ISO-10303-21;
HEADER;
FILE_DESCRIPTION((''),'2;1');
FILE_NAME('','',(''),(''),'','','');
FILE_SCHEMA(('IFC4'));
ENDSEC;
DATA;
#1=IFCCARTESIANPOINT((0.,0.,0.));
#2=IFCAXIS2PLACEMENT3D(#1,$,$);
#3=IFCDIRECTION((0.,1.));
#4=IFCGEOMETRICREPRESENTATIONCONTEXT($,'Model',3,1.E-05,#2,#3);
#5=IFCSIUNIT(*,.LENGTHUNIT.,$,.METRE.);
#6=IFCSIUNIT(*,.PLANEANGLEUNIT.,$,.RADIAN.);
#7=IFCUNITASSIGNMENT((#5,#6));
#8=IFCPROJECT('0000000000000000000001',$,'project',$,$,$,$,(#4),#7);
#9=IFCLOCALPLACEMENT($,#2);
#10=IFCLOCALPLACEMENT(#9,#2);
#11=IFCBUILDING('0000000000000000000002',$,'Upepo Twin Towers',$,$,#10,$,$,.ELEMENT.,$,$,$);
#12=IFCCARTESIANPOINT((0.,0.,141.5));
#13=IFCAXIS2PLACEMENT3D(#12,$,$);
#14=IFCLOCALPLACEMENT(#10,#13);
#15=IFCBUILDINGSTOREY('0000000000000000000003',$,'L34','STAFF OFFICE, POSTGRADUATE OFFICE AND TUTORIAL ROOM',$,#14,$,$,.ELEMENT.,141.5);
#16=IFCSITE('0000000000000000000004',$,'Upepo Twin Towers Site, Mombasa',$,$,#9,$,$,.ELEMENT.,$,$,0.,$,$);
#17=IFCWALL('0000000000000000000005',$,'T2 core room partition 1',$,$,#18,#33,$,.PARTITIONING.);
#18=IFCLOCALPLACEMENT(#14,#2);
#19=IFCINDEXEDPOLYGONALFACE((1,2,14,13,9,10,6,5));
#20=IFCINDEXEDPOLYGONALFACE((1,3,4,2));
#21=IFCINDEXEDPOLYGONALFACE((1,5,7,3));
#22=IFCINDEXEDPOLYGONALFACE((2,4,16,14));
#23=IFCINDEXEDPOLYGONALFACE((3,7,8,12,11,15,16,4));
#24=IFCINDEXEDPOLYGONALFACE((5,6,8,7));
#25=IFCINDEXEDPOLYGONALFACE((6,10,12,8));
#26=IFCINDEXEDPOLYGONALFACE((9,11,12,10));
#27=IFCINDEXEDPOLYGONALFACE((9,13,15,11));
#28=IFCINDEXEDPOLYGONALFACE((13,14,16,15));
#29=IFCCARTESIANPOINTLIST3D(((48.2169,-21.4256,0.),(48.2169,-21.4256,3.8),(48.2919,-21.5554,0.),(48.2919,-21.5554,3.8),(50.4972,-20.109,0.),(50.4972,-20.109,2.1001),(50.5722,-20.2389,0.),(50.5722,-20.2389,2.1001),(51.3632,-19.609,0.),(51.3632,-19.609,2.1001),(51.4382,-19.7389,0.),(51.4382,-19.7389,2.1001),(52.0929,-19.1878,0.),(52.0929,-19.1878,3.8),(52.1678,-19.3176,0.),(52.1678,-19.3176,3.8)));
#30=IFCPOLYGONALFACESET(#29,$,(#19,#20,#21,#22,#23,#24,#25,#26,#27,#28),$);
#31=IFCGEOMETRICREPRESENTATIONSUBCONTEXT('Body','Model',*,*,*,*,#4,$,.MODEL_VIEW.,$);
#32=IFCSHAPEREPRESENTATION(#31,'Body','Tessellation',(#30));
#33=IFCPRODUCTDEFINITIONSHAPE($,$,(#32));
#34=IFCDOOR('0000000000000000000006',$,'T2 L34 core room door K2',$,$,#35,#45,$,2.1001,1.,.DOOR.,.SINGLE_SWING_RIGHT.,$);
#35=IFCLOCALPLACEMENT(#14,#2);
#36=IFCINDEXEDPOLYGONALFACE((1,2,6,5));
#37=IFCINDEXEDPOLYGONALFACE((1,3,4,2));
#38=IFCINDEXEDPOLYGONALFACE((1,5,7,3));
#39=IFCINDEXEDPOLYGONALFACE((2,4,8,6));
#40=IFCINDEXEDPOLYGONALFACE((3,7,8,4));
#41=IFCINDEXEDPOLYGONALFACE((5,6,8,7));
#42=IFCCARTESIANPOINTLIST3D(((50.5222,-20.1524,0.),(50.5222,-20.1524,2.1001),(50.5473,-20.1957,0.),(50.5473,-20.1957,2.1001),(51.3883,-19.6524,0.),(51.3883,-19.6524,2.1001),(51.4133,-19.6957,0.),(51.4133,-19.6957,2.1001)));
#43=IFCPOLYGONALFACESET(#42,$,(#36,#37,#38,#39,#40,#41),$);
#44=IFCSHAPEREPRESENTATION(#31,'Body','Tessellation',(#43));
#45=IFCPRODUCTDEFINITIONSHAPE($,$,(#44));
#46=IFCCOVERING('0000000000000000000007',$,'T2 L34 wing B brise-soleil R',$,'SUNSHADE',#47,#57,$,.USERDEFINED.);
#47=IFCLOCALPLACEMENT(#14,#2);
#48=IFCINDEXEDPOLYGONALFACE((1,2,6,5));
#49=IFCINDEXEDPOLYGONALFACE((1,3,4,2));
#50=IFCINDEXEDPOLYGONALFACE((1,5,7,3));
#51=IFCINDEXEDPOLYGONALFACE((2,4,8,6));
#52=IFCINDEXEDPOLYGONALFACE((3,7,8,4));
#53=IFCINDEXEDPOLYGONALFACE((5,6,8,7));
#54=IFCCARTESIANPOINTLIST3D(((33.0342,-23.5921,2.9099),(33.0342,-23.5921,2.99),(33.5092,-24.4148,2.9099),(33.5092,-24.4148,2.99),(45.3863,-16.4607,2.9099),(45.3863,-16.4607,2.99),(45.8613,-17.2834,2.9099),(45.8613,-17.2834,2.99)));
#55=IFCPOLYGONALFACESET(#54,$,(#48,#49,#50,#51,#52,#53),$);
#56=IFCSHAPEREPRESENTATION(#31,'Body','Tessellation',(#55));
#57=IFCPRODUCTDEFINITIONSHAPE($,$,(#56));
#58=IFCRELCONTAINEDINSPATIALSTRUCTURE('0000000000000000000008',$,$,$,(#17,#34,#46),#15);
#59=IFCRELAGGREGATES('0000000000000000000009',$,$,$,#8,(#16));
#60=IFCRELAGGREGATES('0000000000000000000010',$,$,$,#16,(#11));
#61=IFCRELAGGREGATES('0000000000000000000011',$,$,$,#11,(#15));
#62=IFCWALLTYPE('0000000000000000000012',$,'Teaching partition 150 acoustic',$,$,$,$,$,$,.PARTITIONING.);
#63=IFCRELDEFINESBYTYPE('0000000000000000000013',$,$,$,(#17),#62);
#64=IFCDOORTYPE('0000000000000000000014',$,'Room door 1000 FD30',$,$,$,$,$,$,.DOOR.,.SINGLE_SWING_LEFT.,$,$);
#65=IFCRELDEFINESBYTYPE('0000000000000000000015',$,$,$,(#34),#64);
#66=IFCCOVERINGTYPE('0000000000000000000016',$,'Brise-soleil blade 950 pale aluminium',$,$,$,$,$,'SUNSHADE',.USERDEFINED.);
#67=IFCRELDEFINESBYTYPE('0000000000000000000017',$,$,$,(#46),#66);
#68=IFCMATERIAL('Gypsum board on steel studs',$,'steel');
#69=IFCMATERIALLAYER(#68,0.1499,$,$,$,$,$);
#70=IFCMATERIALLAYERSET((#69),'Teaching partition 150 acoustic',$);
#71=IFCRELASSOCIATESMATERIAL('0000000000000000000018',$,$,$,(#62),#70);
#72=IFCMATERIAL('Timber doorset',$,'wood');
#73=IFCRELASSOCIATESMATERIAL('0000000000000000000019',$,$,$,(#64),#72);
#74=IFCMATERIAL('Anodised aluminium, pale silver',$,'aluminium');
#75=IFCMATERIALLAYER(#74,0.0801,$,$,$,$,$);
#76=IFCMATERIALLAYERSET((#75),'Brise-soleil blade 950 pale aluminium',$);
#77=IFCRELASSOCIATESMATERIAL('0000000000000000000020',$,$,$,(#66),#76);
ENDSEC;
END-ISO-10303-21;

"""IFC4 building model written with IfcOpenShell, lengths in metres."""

from ifc_helpers import new_model, si_unit, direction, frame, frame_2d, origin, origin_2d, place, context, subcontext, project, spatial, rectangle, extrude, material, layer, layer_set, type_object, element, fill, save


model = new_model("IFC4")

# Units and contexts
model_context = context("Model", 3, precision=1e-05, world=origin(), true_north=direction((0.0, 1.0)))
body_context = subcontext(model_context, "Body", "Model", "MODEL_VIEW")
ifc_project = project(units=[si_unit("LENGTHUNIT", "METRE"), si_unit("PLANEANGLEUNIT", "RADIAN")], contexts=[model_context])

# Site, building, storey
site_placement = place(None, origin())
site = spatial("IfcSite", under=ifc_project, at=site_placement, Name="Upepo Twin Towers Site, Mombasa", CompositionType="ELEMENT", RefElevation=0.0)
building_placement = place(site_placement, origin())
building = spatial("IfcBuilding", under=site, at=building_placement, Name="Upepo Twin Towers", CompositionType="ELEMENT")
storey_placement = place(building_placement, frame((0.0, 0.0, 141.5)))
storey = spatial("IfcBuildingStorey", under=building, at=storey_placement, Name="L34", Description="STAFF OFFICE, POSTGRADUATE OFFICE AND TUTORIAL ROOM", CompositionType="ELEMENT", Elevation=141.5)

# Shared definitions
ifc_material_1 = material(Name="Gypsum board on steel studs", Category="steel")
ifc_layer_1 = layer(ifc_material_1, 0.1499)
ifc_layer_set_1 = layer_set([ifc_layer_1], Name="Teaching partition 150 acoustic")
wall_type_1 = type_object("IfcWallType", Name="Teaching partition 150 acoustic", PredefinedType="PARTITIONING", material=ifc_layer_set_1)

# Wall, opening, door
wall_1_placement = place(storey_placement, frame((48.2544, -21.4905, 0.0), z_axis=(0.0, 0.0, 1.0), x_axis=(0.866026, 0.499999, 0.0)))
wall_1 = element("IfcWall", 1, at=wall_1_placement, inside=storey, type_object=wall_type_1, Name="T2 core room partition 1", PredefinedType="PARTITIONING", context=body_context, shape_type="SweptSolid", body=[
    extrude(rectangle(XDim=4.4756, YDim=0.1499, at=frame_2d((2.2378, 0.0))), origin(), (0.0, 0.0, 1.0), 3.8),
])
opening_1_placement = place(wall_1_placement, frame((2.6331, 0.0, 0.0)))
opening_1 = element("IfcOpeningElement", 2, at=opening_1_placement, cuts=wall_1, PredefinedType="OPENING", context=body_context, shape_type="SweptSolid", body=[
    extrude(rectangle(XDim=1.0, YDim=2.1001, at=frame_2d((0.5, 1.05))), frame((0.0, 0.085, 0.0), z_axis=(0.0, -1.0, 0.0), x_axis=(1.0, 0.0, 0.0)), (0.0, 0.0, 1.0), 0.1699),
])
ifc_material_2 = material(Name="Timber doorset", Category="wood")
door_type_1 = type_object("IfcDoorType", Name="Room door 1000 FD30", OperationType="SINGLE_SWING_LEFT", PredefinedType="DOOR", material=ifc_material_2)
door_1_placement = place(opening_1_placement, origin())
door_1 = element("IfcDoor", 3, at=door_1_placement, inside=storey, type_object=door_type_1, Name="T2 L34 core room door K2", OperationType="SINGLE_SWING_RIGHT", OverallHeight=2.1001, OverallWidth=1.0, PredefinedType="DOOR", context=body_context, shape_type="SweptSolid", body=[
    extrude(rectangle(XDim=1.0, YDim=2.1001, at=frame_2d((0.5, 1.05))), frame((0.0, 0.0249, 0.0), z_axis=(0.0, -1.0, 0.0), x_axis=(1.0, 0.0, 0.0)), (0.0, 0.0, 1.0), 0.05),
])
fill(opening_1, door_1)

# Covering
ifc_material_3 = material(Name="Anodised aluminium, pale silver", Category="aluminium")
ifc_layer_2 = layer(ifc_material_3, 0.0801)
ifc_layer_set_2 = layer_set([ifc_layer_2], Name="Brise-soleil blade 950 pale aluminium")
covering_type = type_object("IfcCoveringType", Name="Brise-soleil blade 950 pale aluminium", ElementType="SUNSHADE", PredefinedType="USERDEFINED", material=ifc_layer_set_2)
covering_placement = place(storey_placement, frame((39.4478, -20.4377, 2.9099), z_axis=(0.0, 0.0, 1.0), x_axis=(-0.866025, -0.5, 0.0)))
element("IfcCovering", 4, at=covering_placement, inside=storey, type_object=covering_type, Name="T2 L34 wing B brise-soleil R", ObjectType="SUNSHADE", PredefinedType="USERDEFINED", context=body_context, shape_type="SweptSolid", body=[
    extrude(rectangle(XDim=14.2629, YDim=0.95, at=origin_2d()), origin(), (0.0, 0.0, 1.0), 0.0801),
])

save(model, "model.ifc")
